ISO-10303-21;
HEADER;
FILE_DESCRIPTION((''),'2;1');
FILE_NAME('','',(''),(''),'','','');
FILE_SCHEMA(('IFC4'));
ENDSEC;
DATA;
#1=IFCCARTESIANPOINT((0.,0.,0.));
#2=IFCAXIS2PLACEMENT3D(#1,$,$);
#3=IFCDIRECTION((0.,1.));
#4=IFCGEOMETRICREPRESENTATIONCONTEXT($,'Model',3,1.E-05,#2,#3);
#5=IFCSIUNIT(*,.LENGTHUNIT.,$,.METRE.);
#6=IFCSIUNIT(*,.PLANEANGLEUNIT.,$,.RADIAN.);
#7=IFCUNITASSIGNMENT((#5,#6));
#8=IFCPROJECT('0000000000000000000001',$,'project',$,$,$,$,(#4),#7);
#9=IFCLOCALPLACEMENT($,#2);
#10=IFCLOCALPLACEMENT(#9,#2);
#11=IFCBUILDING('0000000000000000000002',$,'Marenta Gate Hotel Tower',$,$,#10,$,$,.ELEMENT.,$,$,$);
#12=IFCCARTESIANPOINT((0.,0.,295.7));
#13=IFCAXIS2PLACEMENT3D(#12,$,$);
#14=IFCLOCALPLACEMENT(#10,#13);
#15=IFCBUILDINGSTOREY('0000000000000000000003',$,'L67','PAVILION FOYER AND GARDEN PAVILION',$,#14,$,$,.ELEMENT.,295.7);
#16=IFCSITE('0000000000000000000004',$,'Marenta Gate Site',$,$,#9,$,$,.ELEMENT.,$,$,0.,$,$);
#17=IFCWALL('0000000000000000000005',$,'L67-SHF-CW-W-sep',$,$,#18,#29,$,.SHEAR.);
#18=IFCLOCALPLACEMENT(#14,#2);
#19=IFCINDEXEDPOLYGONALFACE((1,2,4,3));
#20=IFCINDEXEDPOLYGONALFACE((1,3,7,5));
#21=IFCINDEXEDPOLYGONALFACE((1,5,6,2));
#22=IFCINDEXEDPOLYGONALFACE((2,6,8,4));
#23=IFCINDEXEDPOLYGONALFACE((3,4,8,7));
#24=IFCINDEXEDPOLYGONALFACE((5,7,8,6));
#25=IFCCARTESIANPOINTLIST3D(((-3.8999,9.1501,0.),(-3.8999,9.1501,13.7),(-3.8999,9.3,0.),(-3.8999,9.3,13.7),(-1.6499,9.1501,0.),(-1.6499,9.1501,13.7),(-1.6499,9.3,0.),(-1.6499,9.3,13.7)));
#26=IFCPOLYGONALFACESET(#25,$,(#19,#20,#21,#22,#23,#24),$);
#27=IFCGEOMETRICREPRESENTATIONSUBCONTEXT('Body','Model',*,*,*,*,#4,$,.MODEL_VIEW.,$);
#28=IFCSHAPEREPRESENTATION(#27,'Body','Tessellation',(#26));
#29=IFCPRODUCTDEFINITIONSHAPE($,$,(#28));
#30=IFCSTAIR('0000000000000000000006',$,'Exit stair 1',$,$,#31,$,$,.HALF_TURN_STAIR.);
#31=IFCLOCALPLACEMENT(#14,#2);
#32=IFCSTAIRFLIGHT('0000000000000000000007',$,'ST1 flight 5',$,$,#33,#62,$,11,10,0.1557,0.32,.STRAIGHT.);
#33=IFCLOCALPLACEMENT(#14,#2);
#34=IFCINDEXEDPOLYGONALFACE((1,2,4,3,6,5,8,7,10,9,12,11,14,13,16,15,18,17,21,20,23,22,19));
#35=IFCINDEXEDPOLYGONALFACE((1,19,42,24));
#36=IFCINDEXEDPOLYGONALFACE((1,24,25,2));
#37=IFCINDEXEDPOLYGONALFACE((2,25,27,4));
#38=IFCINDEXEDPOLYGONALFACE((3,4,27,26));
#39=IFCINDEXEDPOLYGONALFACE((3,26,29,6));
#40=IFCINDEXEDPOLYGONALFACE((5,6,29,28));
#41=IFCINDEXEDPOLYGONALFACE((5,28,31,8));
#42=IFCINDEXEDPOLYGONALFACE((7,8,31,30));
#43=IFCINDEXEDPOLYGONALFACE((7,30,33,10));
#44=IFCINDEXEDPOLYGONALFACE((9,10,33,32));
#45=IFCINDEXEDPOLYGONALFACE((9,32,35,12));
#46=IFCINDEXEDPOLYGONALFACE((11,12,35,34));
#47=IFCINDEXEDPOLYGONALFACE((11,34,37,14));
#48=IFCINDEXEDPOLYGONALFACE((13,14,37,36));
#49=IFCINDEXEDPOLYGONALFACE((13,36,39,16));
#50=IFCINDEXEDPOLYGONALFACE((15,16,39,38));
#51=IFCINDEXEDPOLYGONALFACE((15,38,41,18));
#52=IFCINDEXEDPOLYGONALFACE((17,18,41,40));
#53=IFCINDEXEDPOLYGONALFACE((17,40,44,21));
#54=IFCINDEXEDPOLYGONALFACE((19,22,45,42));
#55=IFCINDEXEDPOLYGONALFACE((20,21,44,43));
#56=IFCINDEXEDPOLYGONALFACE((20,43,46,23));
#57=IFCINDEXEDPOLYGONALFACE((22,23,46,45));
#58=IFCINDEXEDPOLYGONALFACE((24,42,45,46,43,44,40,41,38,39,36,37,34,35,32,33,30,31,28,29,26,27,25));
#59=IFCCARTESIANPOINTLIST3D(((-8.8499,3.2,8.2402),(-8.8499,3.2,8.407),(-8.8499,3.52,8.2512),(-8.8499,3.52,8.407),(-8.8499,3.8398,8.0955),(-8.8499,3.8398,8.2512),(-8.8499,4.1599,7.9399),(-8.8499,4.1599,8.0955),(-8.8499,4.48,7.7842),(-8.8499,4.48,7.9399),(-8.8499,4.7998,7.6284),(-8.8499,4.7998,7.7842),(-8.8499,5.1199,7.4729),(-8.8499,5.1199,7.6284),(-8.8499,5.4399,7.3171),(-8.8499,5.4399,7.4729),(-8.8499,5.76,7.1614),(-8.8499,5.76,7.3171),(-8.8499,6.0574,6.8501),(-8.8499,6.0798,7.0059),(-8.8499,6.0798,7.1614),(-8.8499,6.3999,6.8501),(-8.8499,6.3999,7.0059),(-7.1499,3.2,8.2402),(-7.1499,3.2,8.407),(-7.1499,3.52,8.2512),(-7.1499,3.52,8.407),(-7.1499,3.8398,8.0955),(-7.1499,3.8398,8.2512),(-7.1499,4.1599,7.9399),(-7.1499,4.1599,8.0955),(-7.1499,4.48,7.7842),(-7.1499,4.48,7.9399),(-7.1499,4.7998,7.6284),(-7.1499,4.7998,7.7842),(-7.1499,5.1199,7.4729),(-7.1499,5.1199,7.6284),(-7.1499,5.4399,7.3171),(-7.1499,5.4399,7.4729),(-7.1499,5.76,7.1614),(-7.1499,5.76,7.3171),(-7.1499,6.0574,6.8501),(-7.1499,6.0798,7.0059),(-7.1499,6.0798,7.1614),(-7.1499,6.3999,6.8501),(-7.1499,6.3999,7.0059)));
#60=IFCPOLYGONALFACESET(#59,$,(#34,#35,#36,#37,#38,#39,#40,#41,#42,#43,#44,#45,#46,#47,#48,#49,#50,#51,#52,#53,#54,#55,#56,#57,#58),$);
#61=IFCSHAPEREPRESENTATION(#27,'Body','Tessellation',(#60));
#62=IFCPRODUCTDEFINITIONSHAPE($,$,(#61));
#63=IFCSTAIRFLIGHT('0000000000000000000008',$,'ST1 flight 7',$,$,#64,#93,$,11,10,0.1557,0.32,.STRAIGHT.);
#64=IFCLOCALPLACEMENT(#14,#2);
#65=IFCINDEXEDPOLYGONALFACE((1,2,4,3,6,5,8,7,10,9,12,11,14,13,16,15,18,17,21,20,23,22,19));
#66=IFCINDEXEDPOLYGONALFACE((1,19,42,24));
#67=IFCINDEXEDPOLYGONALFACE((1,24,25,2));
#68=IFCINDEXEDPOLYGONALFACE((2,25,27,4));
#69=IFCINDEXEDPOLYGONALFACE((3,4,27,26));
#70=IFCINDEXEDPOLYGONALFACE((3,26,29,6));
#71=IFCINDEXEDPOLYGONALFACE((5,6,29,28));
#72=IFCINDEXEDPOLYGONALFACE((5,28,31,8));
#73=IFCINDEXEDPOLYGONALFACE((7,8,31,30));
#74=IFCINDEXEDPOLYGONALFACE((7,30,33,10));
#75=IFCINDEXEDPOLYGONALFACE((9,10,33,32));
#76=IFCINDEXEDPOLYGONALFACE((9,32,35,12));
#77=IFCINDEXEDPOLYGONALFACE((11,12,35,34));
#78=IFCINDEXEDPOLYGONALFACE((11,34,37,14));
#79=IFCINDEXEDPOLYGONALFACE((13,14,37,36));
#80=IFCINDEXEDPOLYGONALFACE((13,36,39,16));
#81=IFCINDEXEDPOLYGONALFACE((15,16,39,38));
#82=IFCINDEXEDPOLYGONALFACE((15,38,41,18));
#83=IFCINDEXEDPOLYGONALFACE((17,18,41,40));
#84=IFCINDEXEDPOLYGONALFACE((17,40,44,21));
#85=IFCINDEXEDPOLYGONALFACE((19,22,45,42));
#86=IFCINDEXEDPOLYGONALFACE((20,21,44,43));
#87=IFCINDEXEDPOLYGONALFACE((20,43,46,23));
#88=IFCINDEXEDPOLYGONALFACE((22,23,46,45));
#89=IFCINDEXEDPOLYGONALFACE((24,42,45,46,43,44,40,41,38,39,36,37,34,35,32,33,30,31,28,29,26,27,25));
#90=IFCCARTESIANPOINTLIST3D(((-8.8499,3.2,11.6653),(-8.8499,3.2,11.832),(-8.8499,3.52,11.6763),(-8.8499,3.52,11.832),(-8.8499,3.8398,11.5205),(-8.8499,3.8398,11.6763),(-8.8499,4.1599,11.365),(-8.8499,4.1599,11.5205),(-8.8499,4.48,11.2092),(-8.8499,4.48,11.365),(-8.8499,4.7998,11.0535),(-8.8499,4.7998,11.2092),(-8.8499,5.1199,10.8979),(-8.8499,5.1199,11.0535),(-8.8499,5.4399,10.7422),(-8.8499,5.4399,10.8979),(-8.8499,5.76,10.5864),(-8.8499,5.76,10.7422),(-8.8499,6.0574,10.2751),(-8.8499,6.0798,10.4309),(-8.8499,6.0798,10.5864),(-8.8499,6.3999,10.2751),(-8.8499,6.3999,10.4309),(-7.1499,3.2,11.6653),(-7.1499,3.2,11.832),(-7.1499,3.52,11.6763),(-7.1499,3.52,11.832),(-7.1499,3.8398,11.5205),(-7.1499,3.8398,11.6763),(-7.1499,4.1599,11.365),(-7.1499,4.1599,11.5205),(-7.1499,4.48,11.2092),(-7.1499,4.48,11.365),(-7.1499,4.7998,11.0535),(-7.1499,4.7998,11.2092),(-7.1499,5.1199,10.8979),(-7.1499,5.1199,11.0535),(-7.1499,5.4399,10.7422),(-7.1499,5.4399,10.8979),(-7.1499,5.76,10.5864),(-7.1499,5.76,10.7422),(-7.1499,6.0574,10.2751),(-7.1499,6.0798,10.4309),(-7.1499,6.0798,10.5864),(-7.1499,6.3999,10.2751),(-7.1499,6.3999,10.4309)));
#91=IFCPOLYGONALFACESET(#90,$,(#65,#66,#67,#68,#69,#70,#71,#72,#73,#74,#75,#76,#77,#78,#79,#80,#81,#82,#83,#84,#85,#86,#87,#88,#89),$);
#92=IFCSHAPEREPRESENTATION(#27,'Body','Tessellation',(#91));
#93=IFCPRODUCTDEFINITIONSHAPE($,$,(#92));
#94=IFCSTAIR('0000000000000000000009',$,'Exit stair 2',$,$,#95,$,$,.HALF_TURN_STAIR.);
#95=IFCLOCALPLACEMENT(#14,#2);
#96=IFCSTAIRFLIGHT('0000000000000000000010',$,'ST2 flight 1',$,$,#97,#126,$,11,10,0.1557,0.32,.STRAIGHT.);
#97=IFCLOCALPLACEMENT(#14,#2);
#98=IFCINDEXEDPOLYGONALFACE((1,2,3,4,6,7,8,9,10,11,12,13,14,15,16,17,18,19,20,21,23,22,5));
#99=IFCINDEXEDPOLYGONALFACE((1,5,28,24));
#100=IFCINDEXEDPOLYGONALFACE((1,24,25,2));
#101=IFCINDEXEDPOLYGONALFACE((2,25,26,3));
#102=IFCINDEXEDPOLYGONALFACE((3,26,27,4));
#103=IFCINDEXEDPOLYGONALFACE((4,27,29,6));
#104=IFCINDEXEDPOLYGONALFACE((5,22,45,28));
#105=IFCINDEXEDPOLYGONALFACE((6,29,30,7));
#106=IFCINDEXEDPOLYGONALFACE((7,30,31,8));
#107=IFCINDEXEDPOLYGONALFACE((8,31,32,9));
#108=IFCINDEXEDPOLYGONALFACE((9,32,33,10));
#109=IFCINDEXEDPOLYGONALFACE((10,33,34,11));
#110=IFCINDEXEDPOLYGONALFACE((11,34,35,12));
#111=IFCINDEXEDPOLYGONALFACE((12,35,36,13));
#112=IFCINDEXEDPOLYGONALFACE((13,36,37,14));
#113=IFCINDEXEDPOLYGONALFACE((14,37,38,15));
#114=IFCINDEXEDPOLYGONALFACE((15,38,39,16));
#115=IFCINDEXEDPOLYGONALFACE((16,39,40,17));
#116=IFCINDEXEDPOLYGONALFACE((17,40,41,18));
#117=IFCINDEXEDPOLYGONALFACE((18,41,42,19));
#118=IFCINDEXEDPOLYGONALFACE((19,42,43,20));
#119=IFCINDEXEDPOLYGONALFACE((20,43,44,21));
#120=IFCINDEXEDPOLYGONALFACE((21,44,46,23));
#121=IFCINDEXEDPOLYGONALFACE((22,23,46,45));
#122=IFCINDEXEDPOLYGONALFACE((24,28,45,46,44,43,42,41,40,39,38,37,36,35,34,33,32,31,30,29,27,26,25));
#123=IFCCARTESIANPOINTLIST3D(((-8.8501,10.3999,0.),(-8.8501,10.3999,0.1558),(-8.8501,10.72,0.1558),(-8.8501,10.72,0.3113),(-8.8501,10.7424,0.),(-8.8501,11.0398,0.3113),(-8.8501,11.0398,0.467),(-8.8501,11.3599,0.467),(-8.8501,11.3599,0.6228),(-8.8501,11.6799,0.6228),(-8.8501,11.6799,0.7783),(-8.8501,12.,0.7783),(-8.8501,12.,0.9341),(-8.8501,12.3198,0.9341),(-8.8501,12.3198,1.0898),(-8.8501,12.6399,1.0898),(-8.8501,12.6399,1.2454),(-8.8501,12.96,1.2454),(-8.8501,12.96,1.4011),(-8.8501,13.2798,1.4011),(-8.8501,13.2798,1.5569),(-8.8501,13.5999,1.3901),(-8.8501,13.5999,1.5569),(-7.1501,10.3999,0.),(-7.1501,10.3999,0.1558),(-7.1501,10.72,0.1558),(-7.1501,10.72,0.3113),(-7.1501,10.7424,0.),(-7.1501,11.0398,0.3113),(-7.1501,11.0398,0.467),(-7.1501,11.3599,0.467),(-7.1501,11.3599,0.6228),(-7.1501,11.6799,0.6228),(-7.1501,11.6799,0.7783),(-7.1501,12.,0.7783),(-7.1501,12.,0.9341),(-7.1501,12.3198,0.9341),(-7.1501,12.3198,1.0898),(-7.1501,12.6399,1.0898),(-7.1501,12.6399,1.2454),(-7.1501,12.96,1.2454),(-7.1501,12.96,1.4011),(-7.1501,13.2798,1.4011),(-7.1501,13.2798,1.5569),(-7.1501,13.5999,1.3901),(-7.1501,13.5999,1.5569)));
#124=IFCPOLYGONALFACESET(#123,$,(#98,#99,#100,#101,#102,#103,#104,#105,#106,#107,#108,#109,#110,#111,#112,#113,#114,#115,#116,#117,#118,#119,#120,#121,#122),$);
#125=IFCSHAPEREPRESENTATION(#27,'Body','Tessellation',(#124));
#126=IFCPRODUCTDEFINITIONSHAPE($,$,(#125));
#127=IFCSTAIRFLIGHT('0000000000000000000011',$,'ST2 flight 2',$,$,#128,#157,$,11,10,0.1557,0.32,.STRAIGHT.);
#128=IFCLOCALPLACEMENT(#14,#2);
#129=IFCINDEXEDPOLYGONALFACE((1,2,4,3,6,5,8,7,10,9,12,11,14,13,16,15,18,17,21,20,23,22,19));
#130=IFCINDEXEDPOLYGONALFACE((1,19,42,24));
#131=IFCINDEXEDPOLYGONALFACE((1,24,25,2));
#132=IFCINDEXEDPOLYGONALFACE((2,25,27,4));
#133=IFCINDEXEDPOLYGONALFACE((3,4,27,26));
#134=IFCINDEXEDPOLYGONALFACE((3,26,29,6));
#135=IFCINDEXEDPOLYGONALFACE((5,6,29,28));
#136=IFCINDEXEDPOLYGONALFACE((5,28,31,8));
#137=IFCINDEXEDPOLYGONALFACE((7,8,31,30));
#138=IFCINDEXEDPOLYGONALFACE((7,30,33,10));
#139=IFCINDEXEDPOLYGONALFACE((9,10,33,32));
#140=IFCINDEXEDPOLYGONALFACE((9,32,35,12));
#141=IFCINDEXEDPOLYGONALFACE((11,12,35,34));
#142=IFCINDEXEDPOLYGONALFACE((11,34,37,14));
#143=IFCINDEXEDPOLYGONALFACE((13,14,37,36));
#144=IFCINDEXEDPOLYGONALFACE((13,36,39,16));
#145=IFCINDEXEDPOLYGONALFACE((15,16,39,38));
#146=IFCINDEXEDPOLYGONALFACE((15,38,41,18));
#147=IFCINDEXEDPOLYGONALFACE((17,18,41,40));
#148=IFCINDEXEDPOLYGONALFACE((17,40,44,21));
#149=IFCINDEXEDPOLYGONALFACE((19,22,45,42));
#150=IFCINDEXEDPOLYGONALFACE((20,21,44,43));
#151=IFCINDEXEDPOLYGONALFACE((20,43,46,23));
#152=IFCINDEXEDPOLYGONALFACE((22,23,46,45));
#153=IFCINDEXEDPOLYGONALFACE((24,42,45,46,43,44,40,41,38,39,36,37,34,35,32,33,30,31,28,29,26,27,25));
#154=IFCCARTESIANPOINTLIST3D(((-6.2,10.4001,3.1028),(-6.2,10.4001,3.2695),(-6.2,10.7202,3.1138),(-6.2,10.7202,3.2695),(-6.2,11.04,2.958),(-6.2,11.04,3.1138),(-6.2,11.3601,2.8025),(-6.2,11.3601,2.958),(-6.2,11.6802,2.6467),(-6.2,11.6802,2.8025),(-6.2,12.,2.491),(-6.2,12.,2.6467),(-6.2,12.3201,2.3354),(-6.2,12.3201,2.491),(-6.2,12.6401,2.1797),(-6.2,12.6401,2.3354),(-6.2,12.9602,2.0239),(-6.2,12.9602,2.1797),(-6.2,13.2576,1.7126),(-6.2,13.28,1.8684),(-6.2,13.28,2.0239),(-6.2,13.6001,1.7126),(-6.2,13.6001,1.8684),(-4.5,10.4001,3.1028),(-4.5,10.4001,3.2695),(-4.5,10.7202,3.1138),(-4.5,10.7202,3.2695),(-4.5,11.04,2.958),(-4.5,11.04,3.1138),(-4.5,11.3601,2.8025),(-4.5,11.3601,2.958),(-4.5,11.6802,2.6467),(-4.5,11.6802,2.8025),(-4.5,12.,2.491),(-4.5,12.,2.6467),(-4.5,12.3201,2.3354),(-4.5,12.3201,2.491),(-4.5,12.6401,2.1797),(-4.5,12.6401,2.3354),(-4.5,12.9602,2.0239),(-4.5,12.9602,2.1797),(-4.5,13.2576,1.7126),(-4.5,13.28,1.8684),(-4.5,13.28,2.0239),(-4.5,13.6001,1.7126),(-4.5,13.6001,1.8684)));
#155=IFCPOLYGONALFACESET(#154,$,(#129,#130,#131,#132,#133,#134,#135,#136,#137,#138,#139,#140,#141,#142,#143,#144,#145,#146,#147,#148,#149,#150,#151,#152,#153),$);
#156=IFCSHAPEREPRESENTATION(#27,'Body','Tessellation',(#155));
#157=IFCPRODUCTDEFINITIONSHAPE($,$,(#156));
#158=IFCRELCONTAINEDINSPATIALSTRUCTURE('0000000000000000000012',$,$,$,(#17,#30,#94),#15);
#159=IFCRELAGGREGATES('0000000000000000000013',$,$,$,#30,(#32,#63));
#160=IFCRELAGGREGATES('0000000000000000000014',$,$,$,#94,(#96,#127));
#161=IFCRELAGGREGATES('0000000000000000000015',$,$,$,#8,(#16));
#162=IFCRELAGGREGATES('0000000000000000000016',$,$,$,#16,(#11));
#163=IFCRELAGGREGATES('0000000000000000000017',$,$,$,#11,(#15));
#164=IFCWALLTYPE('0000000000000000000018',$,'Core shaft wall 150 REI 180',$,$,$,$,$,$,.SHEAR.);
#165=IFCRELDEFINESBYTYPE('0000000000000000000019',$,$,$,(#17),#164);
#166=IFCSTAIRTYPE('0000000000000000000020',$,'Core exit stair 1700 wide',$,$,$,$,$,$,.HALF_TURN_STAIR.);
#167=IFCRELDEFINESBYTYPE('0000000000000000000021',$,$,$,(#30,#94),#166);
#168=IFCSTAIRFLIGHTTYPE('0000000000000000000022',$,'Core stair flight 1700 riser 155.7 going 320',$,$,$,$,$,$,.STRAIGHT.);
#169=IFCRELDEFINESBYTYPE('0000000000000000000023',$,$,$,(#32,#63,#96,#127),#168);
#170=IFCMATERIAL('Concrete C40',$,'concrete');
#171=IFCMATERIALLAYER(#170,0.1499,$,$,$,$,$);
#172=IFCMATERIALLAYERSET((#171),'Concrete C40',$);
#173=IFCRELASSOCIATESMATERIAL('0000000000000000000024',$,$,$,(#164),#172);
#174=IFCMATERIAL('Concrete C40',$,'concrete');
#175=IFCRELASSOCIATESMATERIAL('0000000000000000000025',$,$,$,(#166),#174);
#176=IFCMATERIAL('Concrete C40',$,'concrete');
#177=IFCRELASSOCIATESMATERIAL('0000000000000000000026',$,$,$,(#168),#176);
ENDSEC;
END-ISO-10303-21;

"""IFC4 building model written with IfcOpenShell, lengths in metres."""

from ifc_helpers import new_model, si_unit, direction, frame, frame_2d, origin, place, context, subcontext, project, spatial, polyline, rectangle, outline, extrude, material, layer, layer_set, type_object, element, aggregate, save


model = new_model("IFC4")

# Units and contexts
model_context = context("Model", 3, precision=1e-05, world=origin(), true_north=direction((0.0, 1.0)))
body_context = subcontext(model_context, "Body", "Model", "MODEL_VIEW")
ifc_project = project(units=[si_unit("LENGTHUNIT", "METRE"), si_unit("PLANEANGLEUNIT", "RADIAN")], contexts=[model_context])

# Site, building, storey
site_placement = place(None, origin())
site = spatial("IfcSite", under=ifc_project, at=site_placement, Name="Marenta Gate Site", CompositionType="ELEMENT", RefElevation=0.0)
building_placement = place(site_placement, origin())
building = spatial("IfcBuilding", under=site, at=building_placement, Name="Marenta Gate Hotel Tower", CompositionType="ELEMENT")
storey_placement = place(building_placement, frame((0.0, 0.0, 295.7)))
storey = spatial("IfcBuildingStorey", under=building, at=storey_placement, Name="L67", Description="PAVILION FOYER AND GARDEN PAVILION", CompositionType="ELEMENT", Elevation=295.7)

# Wall
ifc_material_1 = material(Name="Concrete C40", Category="concrete")
ifc_layer_1 = layer(ifc_material_1, 0.1499)
ifc_layer_set_1 = layer_set([ifc_layer_1], Name="Concrete C40")
wall_type_1 = type_object("IfcWallType", Name="Core shaft wall 150 REI 180", PredefinedType="SHEAR", material=ifc_layer_set_1)
wall_1_placement = place(storey_placement, frame((-3.8999, 9.2251, 0.0), z_axis=(0.0, 0.0, 1.0), x_axis=(1.0, 0.0, 0.0)))
element("IfcWall", 1, at=wall_1_placement, inside=storey, type_object=wall_type_1, Name="L67-SHF-CW-W-sep", PredefinedType="SHEAR", context=body_context, shape_type="SweptSolid", body=[
    extrude(rectangle(XDim=2.25, YDim=0.1499, at=frame_2d((1.125, 0.0))), origin(), (0.0, 0.0, 1.0), 13.7),
])

# Stairs, stair flights
ifc_material_2 = material(Name="Concrete C40", Category="concrete")
stair_type = type_object("IfcStairType", Name="Core exit stair 1700 wide", PredefinedType="HALF_TURN_STAIR", material=ifc_material_2)
stair_1_placement = place(storey_placement, origin())
stair_1 = element("IfcStair", 2, at=stair_1_placement, inside=storey, type_object=stair_type, Name="Exit stair 1", PredefinedType="HALF_TURN_STAIR")
ifc_material_3 = material(Name="Concrete C40", Category="concrete")
stair_flight_type = type_object("IfcStairFlightType", Name="Core stair flight 1700 riser 155.7 going 320", PredefinedType="STRAIGHT", material=ifc_material_3)
stair_flight_1_placement = place(storey_placement, frame((-8.0, 6.3999, 6.8501), z_axis=(0.0, 0.0, 1.0), x_axis=(0.0, -1.0, 0.0)))
stair_flight_1 = element("IfcStairFlight", 3, at=stair_flight_1_placement, type_object=stair_flight_type, Name="ST1 flight 5", NumberOfRisers=11, NumberOfTreads=10, PredefinedType="STRAIGHT", RiserHeight=0.1557, TreadLength=0.32, context=body_context, shape_type="SweptSolid", body=[
    extrude(outline(polyline([(0.0, 0.0), (0.0, 0.1558), (0.3201, 0.1558), (0.3201, 0.3113), (0.6399, 0.3113), (0.6399, 0.467), (0.96, 0.467), (0.96, 0.6228), (1.28, 0.6228), (1.28, 0.7783), (1.6001, 0.7783), (1.6001, 0.9341), (1.9199, 0.9341), (1.9199, 1.0898), (2.24, 1.0898), (2.24, 1.2454), (2.5601, 1.2454), (2.5601, 1.4011), (2.8799, 1.4011), (2.8799, 1.5569), (3.2, 1.5569), (3.2, 1.7124), (3.2, 1.3901), (0.3425, 0.0), (0.0, 0.0)])), frame((0.0, 0.8501, 0.0), z_axis=(0.0, -1.0, 0.0), x_axis=(1.0, 0.0, 0.0)), (0.0, 0.0, 1.0), 1.7),
])
stair_flight_2_placement = place(storey_placement, frame((-8.0, 6.3999, 10.2751), z_axis=(0.0, 0.0, 1.0), x_axis=(0.0, -1.0, 0.0)))
stair_flight_2 = element("IfcStairFlight", 4, at=stair_flight_2_placement, type_object=stair_flight_type, Name="ST1 flight 7", NumberOfRisers=11, NumberOfTreads=10, PredefinedType="STRAIGHT", RiserHeight=0.1557, TreadLength=0.32, context=body_context, shape_type="SweptSolid", body=[
    extrude(outline(polyline([(0.0, 0.0), (0.0, 0.1558), (0.3201, 0.1558), (0.3201, 0.3113), (0.6399, 0.3113), (0.6399, 0.467), (0.96, 0.467), (0.96, 0.6228), (1.28, 0.6228), (1.28, 0.7783), (1.6001, 0.7783), (1.6001, 0.9341), (1.9199, 0.9341), (1.9199, 1.0898), (2.24, 1.0898), (2.24, 1.2454), (2.5601, 1.2454), (2.5601, 1.4011), (2.8799, 1.4011), (2.8799, 1.5569), (3.2, 1.5569), (3.2, 1.7124), (3.2, 1.3901), (0.3425, 0.0), (0.0, 0.0)])), frame((0.0, 0.8501, 0.0), z_axis=(0.0, -1.0, 0.0), x_axis=(1.0, 0.0, 0.0)), (0.0, 0.0, 1.0), 1.7),
])
aggregate(stair_1, [stair_flight_1, stair_flight_2])
stair_2_placement = place(storey_placement, origin())
stair_2 = element("IfcStair", 5, at=stair_2_placement, inside=storey, type_object=stair_type, Name="Exit stair 2", PredefinedType="HALF_TURN_STAIR")
stair_flight_3_placement = place(storey_placement, frame((-8.0, 10.3999, 0.0), z_axis=(0.0, 0.0, 1.0), x_axis=(0.0, 1.0, 0.0)))
stair_flight_3 = element("IfcStairFlight", 6, at=stair_flight_3_placement, type_object=stair_flight_type, Name="ST2 flight 1", NumberOfRisers=11, NumberOfTreads=10, PredefinedType="STRAIGHT", RiserHeight=0.1557, TreadLength=0.32, context=body_context, shape_type="SweptSolid", body=[
    extrude(outline(polyline([(0.0, 0.0), (0.0, 0.1558), (0.3201, 0.1558), (0.3201, 0.3113), (0.6399, 0.3113), (0.6399, 0.467), (0.96, 0.467), (0.96, 0.6228), (1.28, 0.6228), (1.28, 0.7783), (1.6001, 0.7783), (1.6001, 0.9341), (1.9199, 0.9341), (1.9199, 1.0898), (2.24, 1.0898), (2.24, 1.2454), (2.5601, 1.2454), (2.5601, 1.4011), (2.8799, 1.4011), (2.8799, 1.5569), (3.2, 1.5569), (3.2, 1.7124), (3.2, 1.3901), (0.3425, 0.0), (0.0, 0.0)])), frame((0.0, 0.8501, 0.0), z_axis=(0.0, -1.0, 0.0), x_axis=(1.0, 0.0, 0.0)), (0.0, 0.0, 1.0), 1.7),
])
stair_flight_4_placement = place(storey_placement, frame((-5.3501, 13.6001, 1.7126), z_axis=(0.0, 0.0, 1.0), x_axis=(0.0, -1.0, 0.0)))
stair_flight_4 = element("IfcStairFlight", 7, at=stair_flight_4_placement, type_object=stair_flight_type, Name="ST2 flight 2", NumberOfRisers=11, NumberOfTreads=10, PredefinedType="STRAIGHT", RiserHeight=0.1557, TreadLength=0.32, context=body_context, shape_type="SweptSolid", body=[
    extrude(outline(polyline([(0.0, 0.0), (0.0, 0.1558), (0.3201, 0.1558), (0.3201, 0.3113), (0.6399, 0.3113), (0.6399, 0.467), (0.96, 0.467), (0.96, 0.6228), (1.28, 0.6228), (1.28, 0.7783), (1.6001, 0.7783), (1.6001, 0.9341), (1.9199, 0.9341), (1.9199, 1.0898), (2.24, 1.0898), (2.24, 1.2454), (2.5601, 1.2454), (2.5601, 1.4011), (2.8799, 1.4011), (2.8799, 1.5569), (3.2, 1.5569), (3.2, 1.7124), (3.2, 1.3901), (0.3425, 0.0), (0.0, 0.0)])), frame((0.0, 0.8501, 0.0), z_axis=(0.0, -1.0, 0.0), x_axis=(1.0, 0.0, 0.0)), (0.0, 0.0, 1.0), 1.7),
])
aggregate(stair_2, [stair_flight_3, stair_flight_4])

save(model, "model.ifc")
